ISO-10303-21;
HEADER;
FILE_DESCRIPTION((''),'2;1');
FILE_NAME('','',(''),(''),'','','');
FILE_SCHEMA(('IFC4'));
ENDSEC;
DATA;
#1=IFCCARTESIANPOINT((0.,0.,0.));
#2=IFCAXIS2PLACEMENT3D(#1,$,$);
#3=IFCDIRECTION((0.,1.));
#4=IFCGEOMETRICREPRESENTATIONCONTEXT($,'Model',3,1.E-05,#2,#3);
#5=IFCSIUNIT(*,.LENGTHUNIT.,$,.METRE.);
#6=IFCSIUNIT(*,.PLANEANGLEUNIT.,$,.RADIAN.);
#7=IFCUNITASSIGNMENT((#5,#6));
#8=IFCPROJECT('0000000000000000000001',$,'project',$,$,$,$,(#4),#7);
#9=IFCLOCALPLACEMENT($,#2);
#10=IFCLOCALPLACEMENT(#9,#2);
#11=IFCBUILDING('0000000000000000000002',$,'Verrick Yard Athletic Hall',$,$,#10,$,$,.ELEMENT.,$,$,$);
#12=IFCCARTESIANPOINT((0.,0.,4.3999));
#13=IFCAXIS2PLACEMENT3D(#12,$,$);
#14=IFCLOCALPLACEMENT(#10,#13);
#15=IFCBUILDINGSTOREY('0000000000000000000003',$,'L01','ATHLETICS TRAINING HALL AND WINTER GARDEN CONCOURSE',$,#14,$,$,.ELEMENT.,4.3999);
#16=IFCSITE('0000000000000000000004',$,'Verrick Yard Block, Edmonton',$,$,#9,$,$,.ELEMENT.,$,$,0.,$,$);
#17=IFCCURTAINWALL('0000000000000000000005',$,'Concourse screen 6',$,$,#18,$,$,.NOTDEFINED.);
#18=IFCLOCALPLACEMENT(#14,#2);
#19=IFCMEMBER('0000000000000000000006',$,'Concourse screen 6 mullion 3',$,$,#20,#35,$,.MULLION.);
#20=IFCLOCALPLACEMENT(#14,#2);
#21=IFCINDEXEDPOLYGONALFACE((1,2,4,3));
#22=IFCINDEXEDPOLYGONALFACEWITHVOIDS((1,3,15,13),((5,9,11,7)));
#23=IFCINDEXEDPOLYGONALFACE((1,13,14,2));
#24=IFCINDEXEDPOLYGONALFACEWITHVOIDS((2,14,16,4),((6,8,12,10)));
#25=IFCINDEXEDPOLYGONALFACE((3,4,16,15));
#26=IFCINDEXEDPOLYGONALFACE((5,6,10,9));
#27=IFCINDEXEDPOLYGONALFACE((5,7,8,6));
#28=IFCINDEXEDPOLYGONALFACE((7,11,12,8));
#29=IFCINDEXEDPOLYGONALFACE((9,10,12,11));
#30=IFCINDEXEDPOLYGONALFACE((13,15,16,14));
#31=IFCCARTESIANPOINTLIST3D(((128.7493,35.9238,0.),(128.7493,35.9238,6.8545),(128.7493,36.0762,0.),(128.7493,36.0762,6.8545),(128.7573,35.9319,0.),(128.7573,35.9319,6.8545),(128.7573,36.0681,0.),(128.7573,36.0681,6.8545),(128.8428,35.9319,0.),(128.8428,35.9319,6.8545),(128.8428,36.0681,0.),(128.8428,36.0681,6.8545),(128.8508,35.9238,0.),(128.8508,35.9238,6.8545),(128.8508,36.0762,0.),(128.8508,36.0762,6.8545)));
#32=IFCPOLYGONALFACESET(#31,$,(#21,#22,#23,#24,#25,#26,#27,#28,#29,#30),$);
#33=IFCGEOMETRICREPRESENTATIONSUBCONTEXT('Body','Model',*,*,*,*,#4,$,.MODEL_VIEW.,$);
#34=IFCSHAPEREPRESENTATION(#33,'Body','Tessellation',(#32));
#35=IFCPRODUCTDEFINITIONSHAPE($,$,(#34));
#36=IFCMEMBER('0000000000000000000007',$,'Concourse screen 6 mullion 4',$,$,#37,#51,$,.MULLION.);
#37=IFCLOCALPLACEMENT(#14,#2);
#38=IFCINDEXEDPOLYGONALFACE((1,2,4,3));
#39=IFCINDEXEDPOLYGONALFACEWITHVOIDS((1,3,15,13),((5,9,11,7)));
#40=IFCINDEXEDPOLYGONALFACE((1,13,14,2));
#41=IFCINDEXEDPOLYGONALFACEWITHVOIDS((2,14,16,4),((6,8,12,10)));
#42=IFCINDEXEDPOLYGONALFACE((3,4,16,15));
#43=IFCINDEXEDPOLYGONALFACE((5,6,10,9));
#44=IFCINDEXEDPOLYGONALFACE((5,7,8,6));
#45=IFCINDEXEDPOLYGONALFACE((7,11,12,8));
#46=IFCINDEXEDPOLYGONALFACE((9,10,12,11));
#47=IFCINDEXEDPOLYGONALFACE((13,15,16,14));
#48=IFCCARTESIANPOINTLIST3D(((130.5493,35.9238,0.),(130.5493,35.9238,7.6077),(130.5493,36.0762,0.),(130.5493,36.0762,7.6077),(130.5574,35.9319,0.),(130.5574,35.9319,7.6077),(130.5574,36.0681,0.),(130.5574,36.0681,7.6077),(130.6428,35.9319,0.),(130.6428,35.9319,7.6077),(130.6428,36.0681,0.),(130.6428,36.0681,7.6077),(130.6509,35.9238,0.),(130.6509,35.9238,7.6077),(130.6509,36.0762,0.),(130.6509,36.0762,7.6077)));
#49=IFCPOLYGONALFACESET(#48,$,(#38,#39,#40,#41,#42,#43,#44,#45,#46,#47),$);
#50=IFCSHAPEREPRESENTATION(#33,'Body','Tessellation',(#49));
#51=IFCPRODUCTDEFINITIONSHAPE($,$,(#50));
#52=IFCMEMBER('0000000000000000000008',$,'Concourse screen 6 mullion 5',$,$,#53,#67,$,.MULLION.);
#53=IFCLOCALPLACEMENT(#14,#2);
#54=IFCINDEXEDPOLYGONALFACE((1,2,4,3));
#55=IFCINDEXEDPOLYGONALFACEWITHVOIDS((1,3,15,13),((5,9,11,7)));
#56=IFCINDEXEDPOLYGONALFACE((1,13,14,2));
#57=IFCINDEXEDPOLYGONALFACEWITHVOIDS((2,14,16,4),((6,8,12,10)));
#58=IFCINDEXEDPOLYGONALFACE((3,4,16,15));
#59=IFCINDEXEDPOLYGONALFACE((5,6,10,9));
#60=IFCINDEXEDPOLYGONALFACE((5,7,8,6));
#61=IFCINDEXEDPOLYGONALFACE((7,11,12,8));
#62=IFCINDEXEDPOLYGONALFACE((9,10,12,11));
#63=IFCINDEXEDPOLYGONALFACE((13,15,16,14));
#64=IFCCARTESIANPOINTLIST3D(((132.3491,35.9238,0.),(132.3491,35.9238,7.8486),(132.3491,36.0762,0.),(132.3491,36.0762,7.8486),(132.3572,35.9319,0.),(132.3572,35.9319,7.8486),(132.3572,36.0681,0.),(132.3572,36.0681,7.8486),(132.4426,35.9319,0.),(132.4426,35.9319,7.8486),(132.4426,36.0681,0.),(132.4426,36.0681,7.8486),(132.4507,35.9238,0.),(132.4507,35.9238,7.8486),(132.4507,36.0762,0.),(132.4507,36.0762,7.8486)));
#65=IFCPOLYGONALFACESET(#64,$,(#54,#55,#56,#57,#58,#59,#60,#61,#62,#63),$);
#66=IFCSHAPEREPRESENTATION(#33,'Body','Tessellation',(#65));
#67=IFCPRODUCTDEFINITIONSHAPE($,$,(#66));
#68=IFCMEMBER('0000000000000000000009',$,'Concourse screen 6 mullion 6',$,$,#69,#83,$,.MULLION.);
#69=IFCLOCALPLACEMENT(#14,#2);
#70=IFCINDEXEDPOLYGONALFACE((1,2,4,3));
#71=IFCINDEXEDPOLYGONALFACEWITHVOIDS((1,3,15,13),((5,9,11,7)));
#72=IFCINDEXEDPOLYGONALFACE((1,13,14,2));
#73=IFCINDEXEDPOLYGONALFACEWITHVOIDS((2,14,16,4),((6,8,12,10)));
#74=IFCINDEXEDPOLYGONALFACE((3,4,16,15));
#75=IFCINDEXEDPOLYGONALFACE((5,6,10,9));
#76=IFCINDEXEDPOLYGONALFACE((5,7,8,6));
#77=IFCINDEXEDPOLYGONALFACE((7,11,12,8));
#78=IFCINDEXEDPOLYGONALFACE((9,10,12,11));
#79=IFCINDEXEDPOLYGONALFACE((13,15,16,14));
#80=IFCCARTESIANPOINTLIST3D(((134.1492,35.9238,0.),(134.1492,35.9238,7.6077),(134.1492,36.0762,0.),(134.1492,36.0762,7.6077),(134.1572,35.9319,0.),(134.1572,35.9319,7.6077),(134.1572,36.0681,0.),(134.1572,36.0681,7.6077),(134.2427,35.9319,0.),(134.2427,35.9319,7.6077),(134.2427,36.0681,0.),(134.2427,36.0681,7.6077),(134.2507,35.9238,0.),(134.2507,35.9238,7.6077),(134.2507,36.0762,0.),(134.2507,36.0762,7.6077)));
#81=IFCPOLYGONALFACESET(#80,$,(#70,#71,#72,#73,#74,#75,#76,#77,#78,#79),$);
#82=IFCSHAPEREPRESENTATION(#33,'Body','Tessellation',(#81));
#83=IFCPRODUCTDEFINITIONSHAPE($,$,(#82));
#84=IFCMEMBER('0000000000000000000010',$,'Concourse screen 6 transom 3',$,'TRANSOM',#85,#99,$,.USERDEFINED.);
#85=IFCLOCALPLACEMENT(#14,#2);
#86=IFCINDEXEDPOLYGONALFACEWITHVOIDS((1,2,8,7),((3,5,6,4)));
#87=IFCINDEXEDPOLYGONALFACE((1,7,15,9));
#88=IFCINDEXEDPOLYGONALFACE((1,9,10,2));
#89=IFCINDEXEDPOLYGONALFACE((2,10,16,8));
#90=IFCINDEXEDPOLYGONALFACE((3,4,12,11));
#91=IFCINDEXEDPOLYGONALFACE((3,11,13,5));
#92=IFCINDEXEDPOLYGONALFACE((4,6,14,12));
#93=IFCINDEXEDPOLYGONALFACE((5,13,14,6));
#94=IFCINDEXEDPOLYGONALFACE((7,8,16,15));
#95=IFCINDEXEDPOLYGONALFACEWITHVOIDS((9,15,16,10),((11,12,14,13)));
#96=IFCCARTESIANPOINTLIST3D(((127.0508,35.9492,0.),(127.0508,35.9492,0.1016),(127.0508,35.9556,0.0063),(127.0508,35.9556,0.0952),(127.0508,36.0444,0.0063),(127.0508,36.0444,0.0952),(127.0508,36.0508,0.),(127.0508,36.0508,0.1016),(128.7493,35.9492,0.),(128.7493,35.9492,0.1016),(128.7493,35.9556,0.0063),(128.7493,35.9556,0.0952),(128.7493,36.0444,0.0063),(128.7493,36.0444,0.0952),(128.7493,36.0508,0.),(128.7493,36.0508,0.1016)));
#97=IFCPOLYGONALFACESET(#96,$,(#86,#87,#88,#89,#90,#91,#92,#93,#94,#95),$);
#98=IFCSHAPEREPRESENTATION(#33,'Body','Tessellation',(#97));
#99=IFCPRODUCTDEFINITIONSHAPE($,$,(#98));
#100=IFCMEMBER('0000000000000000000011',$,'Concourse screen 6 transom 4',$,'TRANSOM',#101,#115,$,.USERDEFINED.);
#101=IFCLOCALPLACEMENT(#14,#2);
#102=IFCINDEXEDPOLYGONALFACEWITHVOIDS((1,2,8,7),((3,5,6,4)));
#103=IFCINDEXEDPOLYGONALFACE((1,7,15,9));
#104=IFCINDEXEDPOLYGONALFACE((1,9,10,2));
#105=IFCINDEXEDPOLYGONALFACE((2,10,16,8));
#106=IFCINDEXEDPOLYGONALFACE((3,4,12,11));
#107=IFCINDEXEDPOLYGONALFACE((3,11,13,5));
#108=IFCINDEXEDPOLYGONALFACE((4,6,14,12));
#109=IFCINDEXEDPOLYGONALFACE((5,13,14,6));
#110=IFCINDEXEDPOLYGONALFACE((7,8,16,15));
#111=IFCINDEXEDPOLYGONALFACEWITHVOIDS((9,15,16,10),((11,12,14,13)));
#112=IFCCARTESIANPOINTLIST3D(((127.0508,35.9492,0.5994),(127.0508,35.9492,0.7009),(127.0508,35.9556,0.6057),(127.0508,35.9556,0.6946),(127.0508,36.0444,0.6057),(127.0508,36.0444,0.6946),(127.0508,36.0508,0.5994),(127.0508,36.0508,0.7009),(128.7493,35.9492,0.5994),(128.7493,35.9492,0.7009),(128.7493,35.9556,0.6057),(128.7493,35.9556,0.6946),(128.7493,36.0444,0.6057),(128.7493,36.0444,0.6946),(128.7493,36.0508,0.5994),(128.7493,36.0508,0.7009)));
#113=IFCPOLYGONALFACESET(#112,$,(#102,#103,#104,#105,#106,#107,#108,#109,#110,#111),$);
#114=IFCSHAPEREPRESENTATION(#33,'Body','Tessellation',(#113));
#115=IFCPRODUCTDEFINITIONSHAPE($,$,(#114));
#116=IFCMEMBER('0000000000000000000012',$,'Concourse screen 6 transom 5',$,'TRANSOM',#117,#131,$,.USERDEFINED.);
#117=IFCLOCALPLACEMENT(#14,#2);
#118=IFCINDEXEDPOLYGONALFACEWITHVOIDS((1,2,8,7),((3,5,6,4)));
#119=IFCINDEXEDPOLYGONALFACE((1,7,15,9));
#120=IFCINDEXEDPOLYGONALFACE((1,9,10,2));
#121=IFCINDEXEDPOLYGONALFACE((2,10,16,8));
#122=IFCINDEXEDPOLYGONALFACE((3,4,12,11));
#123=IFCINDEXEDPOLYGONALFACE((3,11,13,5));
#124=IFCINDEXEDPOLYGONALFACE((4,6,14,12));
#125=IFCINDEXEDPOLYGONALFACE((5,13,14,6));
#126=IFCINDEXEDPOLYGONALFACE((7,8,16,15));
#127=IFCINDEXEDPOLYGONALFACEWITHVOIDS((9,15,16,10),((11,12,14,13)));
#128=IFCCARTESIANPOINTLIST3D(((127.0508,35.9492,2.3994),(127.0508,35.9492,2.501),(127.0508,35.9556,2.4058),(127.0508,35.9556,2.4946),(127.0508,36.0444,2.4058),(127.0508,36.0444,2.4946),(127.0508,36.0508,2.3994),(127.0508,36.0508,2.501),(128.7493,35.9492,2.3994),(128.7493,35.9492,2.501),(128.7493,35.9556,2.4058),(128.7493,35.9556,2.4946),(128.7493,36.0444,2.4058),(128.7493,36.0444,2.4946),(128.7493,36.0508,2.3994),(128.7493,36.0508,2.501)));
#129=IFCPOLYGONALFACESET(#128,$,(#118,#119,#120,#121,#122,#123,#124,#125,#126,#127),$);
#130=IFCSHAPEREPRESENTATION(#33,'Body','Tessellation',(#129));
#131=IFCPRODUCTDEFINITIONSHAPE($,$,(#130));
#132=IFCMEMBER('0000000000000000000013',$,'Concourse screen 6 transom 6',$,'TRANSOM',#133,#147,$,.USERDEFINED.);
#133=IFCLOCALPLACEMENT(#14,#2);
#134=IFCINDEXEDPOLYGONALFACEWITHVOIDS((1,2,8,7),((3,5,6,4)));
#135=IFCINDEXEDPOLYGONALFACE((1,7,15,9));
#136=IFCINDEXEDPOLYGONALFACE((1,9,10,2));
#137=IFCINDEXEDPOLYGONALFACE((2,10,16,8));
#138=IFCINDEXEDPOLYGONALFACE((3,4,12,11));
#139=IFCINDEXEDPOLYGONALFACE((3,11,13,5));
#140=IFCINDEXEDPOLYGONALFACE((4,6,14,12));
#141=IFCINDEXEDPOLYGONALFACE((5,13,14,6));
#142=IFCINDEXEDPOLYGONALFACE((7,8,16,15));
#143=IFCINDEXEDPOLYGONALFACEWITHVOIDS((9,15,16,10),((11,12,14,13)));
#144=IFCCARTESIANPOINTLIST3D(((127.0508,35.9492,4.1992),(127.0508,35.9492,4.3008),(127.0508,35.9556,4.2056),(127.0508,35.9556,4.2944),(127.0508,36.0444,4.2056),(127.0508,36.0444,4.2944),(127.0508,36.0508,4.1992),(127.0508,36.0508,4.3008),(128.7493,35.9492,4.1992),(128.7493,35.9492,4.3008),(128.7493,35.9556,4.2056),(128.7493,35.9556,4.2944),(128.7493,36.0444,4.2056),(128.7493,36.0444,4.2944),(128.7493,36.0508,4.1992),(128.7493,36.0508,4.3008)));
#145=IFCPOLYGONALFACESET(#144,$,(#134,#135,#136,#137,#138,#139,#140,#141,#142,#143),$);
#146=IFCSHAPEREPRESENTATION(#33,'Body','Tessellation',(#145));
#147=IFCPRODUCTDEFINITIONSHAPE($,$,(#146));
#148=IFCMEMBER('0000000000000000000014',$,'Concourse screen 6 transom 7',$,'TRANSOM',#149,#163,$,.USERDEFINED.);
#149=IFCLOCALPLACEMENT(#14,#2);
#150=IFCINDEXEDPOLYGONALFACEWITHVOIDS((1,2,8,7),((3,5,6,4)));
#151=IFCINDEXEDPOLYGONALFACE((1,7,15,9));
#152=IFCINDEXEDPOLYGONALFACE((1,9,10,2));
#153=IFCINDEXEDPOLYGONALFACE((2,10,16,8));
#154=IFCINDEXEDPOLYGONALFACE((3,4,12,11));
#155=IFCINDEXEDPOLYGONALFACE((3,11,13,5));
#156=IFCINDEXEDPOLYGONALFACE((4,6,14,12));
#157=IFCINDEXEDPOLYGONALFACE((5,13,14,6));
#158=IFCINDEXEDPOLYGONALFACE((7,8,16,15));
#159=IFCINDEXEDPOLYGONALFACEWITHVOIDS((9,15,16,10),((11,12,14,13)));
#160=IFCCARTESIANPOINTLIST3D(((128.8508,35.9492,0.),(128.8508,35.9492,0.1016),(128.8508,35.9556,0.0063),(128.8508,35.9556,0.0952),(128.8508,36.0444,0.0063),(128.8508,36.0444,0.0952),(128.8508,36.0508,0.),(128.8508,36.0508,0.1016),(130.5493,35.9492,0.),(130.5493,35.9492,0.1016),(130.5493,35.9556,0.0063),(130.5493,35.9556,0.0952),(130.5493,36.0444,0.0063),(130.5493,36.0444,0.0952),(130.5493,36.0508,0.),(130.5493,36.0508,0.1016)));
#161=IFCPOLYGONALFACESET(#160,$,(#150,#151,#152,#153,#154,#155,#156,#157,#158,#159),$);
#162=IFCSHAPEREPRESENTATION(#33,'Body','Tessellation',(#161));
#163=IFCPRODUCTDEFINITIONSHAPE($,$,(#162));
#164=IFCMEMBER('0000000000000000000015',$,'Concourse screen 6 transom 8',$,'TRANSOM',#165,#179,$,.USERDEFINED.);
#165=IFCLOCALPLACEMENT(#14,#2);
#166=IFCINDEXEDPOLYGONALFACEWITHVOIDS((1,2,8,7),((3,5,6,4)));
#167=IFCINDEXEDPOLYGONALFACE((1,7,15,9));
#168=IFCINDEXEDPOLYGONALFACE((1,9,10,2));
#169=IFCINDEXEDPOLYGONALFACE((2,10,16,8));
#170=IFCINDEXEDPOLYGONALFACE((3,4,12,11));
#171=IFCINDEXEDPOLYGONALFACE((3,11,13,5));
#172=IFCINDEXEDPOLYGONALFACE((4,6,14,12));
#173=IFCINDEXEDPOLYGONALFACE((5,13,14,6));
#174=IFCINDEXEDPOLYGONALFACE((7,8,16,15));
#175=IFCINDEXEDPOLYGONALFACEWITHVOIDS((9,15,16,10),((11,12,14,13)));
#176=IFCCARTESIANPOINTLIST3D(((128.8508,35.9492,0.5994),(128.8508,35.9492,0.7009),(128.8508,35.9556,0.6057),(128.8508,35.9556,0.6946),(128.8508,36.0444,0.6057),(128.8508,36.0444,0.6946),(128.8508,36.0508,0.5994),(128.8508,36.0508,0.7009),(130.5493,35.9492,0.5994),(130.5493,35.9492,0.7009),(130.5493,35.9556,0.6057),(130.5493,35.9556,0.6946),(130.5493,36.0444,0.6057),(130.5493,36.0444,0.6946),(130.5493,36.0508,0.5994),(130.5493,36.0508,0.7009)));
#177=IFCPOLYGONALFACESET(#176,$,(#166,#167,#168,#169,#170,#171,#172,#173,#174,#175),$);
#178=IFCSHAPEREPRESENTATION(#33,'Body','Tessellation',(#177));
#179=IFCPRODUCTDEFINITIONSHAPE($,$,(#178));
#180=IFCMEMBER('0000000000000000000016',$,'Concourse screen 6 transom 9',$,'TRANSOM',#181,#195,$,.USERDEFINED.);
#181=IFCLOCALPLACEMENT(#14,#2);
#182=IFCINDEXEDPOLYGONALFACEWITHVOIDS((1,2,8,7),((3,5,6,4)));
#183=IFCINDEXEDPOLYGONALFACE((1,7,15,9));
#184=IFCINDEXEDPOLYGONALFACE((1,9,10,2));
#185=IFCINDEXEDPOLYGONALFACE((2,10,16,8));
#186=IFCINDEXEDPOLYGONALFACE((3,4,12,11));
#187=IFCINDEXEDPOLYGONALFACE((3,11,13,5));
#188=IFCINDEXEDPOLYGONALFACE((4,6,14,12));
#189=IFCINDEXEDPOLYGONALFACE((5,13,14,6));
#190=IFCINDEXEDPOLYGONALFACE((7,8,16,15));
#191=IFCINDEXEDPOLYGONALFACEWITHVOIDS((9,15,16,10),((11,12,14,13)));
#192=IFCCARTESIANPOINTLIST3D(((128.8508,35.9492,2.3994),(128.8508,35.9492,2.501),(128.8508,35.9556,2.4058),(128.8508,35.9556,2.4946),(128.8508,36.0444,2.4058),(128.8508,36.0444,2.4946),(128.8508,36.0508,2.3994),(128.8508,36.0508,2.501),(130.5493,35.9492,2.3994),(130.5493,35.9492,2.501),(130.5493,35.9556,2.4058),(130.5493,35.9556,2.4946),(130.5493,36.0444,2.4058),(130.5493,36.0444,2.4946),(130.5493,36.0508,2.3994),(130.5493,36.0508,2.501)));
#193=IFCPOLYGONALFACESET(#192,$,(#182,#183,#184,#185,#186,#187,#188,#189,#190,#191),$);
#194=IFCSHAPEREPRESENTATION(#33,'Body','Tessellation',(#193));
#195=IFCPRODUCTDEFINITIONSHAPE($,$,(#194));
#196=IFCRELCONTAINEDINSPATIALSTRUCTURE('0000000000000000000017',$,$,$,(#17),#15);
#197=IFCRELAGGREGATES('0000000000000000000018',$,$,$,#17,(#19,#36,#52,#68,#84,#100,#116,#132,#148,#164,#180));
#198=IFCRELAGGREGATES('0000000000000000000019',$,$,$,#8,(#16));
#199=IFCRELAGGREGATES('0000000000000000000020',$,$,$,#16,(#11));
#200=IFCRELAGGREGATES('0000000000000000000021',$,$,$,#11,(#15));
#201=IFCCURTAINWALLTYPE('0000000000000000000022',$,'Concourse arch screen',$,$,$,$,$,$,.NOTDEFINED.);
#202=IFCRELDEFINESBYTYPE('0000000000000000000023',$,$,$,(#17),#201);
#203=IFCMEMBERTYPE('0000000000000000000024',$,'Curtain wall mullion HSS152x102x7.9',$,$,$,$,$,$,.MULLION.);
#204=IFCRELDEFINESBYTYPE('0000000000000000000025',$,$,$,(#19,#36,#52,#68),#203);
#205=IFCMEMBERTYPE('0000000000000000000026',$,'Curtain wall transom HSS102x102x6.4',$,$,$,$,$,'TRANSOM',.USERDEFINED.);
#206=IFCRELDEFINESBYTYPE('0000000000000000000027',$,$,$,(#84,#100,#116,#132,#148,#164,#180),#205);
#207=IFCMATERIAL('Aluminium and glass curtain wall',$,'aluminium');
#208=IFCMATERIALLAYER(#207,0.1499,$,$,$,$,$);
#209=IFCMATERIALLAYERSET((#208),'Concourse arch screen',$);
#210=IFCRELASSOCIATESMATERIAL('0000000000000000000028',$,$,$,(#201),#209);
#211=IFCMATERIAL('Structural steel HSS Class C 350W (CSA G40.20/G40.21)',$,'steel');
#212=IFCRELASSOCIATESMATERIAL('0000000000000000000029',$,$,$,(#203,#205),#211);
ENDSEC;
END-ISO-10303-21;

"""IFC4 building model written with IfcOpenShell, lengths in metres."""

from ifc_helpers import new_model, si_unit, direction, frame, origin, origin_2d, place, context, subcontext, project, spatial, hollow_rectangle, extrude, material, layer, layer_set, material_profile, profile_set, type_object, element, aggregate, save


model = new_model("IFC4")

# Units and contexts
model_context = context("Model", 3, precision=1e-05, world=origin(), true_north=direction((0.0, 1.0)))
body_context = subcontext(model_context, "Body", "Model", "MODEL_VIEW")
ifc_project = project(units=[si_unit("LENGTHUNIT", "METRE"), si_unit("PLANEANGLEUNIT", "RADIAN")], contexts=[model_context])

# Site, building, storey
site_placement = place(None, origin())
site = spatial("IfcSite", under=ifc_project, at=site_placement, Name="Verrick Yard Block, Edmonton", CompositionType="ELEMENT", RefElevation=0.0)
building_placement = place(site_placement, origin())
building = spatial("IfcBuilding", under=site, at=building_placement, Name="Verrick Yard Athletic Hall", CompositionType="ELEMENT")
storey_placement = place(building_placement, frame((0.0, 0.0, 4.3999)))
storey = spatial("IfcBuildingStorey", under=building, at=storey_placement, Name="L01", Description="ATHLETICS TRAINING HALL AND WINTER GARDEN CONCOURSE", CompositionType="ELEMENT", Elevation=4.3999)

# Curtain wall, members
ifc_material_1 = material(Name="Aluminium and glass curtain wall", Category="aluminium")
ifc_layer = layer(ifc_material_1, 0.1499)
ifc_layer_set = layer_set([ifc_layer], Name="Concourse arch screen")
curtain_wall_type = type_object("IfcCurtainWallType", Name="Concourse arch screen", PredefinedType="NOTDEFINED", material=ifc_layer_set)
curtain_wall_placement = place(storey_placement, origin())
curtain_wall = element("IfcCurtainWall", 1, at=curtain_wall_placement, inside=storey, type_object=curtain_wall_type, Name="Concourse screen 6", PredefinedType="NOTDEFINED")
ifc_material_2 = material(Name="Structural steel HSS Class C 350W (CSA G40.20/G40.21)", Category="steel")
ifc_material_profile_1 = material_profile(ifc_material_2, hollow_rectangle(XDim=0.1016, YDim=0.1523, WallThickness=0.0081, at=origin_2d()), Name="HSS152x102x7.9")
ifc_profile_set_1 = profile_set([ifc_material_profile_1], Name="Structural steel HSS Class C 350W (CSA G40.20/G40.21)")
member_type_1 = type_object("IfcMemberType", Name="Curtain wall mullion HSS152x102x7.9", PredefinedType="MULLION", material=ifc_profile_set_1)
member_1_placement = place(storey_placement, frame((128.8, 36.0, 0.0), z_axis=(0.0, 0.0, 1.0), x_axis=(1.0, 0.0, 0.0)))
member_1 = element("IfcMember", 2, at=member_1_placement, type_object=member_type_1, Name="Concourse screen 6 mullion 3", PredefinedType="MULLION", context=body_context, shape_type="SweptSolid", body=[
    extrude(hollow_rectangle(XDim=0.1016, YDim=0.1523, WallThickness=0.0081, at=origin_2d()), origin(), (0.0, 0.0, 1.0), 6.8545),
])
member_2_placement = place(storey_placement, frame((130.6001, 36.0, 0.0), z_axis=(0.0, 0.0, 1.0), x_axis=(1.0, 0.0, 0.0)))
member_2 = element("IfcMember", 3, at=member_2_placement, type_object=member_type_1, Name="Concourse screen 6 mullion 4", PredefinedType="MULLION", context=body_context, shape_type="SweptSolid", body=[
    extrude(hollow_rectangle(XDim=0.1016, YDim=0.1523, WallThickness=0.0081, at=origin_2d()), origin(), (0.0, 0.0, 1.0), 7.6077),
])
member_3_placement = place(storey_placement, frame((132.3999, 36.0, 0.0), z_axis=(0.0, 0.0, 1.0), x_axis=(1.0, 0.0, 0.0)))
member_3 = element("IfcMember", 4, at=member_3_placement, type_object=member_type_1, Name="Concourse screen 6 mullion 5", PredefinedType="MULLION", context=body_context, shape_type="SweptSolid", body=[
    extrude(hollow_rectangle(XDim=0.1016, YDim=0.1523, WallThickness=0.0081, at=origin_2d()), origin(), (0.0, 0.0, 1.0), 7.8486),
])
member_4_placement = place(storey_placement, frame((134.2, 36.0, 0.0), z_axis=(0.0, 0.0, 1.0), x_axis=(1.0, 0.0, 0.0)))
member_4 = element("IfcMember", 5, at=member_4_placement, type_object=member_type_1, Name="Concourse screen 6 mullion 6", PredefinedType="MULLION", context=body_context, shape_type="SweptSolid", body=[
    extrude(hollow_rectangle(XDim=0.1016, YDim=0.1523, WallThickness=0.0081, at=origin_2d()), origin(), (0.0, 0.0, 1.0), 7.6077),
])
ifc_material_profile_2 = material_profile(ifc_material_2, hollow_rectangle(XDim=0.1016, YDim=0.1016, WallThickness=0.0063, at=origin_2d()), Name="HSS102x102x6.4")
ifc_profile_set_2 = profile_set([ifc_material_profile_2], Name="Structural steel HSS Class C 350W (CSA G40.20/G40.21)")
member_type_2 = type_object("IfcMemberType", Name="Curtain wall transom HSS102x102x6.4", ElementType="TRANSOM", PredefinedType="USERDEFINED", material=ifc_profile_set_2)
member_5_placement = place(storey_placement, frame((127.0508, 36.0, 0.0508), z_axis=(1.0, 0.0, 0.0), x_axis=(0.0, 1.0, 0.0)))
member_5 = element("IfcMember", 6, at=member_5_placement, type_object=member_type_2, Name="Concourse screen 6 transom 3", ObjectType="TRANSOM", PredefinedType="USERDEFINED", context=body_context, shape_type="SweptSolid", body=[
    extrude(hollow_rectangle(XDim=0.1016, YDim=0.1016, WallThickness=0.0063, at=origin_2d()), origin(), (0.0, 0.0, 1.0), 1.6985),
])
member_6_placement = place(storey_placement, frame((127.0508, 36.0, 0.6501), z_axis=(1.0, 0.0, 0.0), x_axis=(0.0, 1.0, 0.0)))
member_6 = element("IfcMember", 7, at=member_6_placement, type_object=member_type_2, Name="Concourse screen 6 transom 4", ObjectType="TRANSOM", PredefinedType="USERDEFINED", context=body_context, shape_type="SweptSolid", body=[
    extrude(hollow_rectangle(XDim=0.1016, YDim=0.1016, WallThickness=0.0063, at=origin_2d()), origin(), (0.0, 0.0, 1.0), 1.6985),
])
member_7_placement = place(storey_placement, frame((127.0508, 36.0, 2.4502), z_axis=(1.0, 0.0, 0.0), x_axis=(0.0, 1.0, 0.0)))
member_7 = element("IfcMember", 8, at=member_7_placement, type_object=member_type_2, Name="Concourse screen 6 transom 5", ObjectType="TRANSOM", PredefinedType="USERDEFINED", context=body_context, shape_type="SweptSolid", body=[
    extrude(hollow_rectangle(XDim=0.1016, YDim=0.1016, WallThickness=0.0063, at=origin_2d()), origin(), (0.0, 0.0, 1.0), 1.6985),
])
member_8_placement = place(storey_placement, frame((127.0508, 36.0, 4.25), z_axis=(1.0, 0.0, 0.0), x_axis=(0.0, 1.0, 0.0)))
member_8 = element("IfcMember", 9, at=member_8_placement, type_object=member_type_2, Name="Concourse screen 6 transom 6", ObjectType="TRANSOM", PredefinedType="USERDEFINED", context=body_context, shape_type="SweptSolid", body=[
    extrude(hollow_rectangle(XDim=0.1016, YDim=0.1016, WallThickness=0.0063, at=origin_2d()), origin(), (0.0, 0.0, 1.0), 1.6985),
])
member_9_placement = place(storey_placement, frame((128.8508, 36.0, 0.0508), z_axis=(1.0, 0.0, 0.0), x_axis=(0.0, 1.0, 0.0)))
member_9 = element("IfcMember", 10, at=member_9_placement, type_object=member_type_2, Name="Concourse screen 6 transom 7", ObjectType="TRANSOM", PredefinedType="USERDEFINED", context=body_context, shape_type="SweptSolid", body=[
    extrude(hollow_rectangle(XDim=0.1016, YDim=0.1016, WallThickness=0.0063, at=origin_2d()), origin(), (0.0, 0.0, 1.0), 1.6985),
])
member_10_placement = place(storey_placement, frame((128.8508, 36.0, 0.6501), z_axis=(1.0, 0.0, 0.0), x_axis=(0.0, 1.0, 0.0)))
member_10 = element("IfcMember", 11, at=member_10_placement, type_object=member_type_2, Name="Concourse screen 6 transom 8", ObjectType="TRANSOM", PredefinedType="USERDEFINED", context=body_context, shape_type="SweptSolid", body=[
    extrude(hollow_rectangle(XDim=0.1016, YDim=0.1016, WallThickness=0.0063, at=origin_2d()), origin(), (0.0, 0.0, 1.0), 1.6985),
])
member_11_placement = place(storey_placement, frame((128.8508, 36.0, 2.4502), z_axis=(1.0, 0.0, 0.0), x_axis=(0.0, 1.0, 0.0)))
member_11 = element("IfcMember", 12, at=member_11_placement, type_object=member_type_2, Name="Concourse screen 6 transom 9", ObjectType="TRANSOM", PredefinedType="USERDEFINED", context=body_context, shape_type="SweptSolid", body=[
    extrude(hollow_rectangle(XDim=0.1016, YDim=0.1016, WallThickness=0.0063, at=origin_2d()), origin(), (0.0, 0.0, 1.0), 1.6985),
])
aggregate(curtain_wall, [member_1, member_2, member_3, member_4, member_5, member_6, member_7, member_8, member_9, member_10, member_11])

save(model, "model.ifc")
